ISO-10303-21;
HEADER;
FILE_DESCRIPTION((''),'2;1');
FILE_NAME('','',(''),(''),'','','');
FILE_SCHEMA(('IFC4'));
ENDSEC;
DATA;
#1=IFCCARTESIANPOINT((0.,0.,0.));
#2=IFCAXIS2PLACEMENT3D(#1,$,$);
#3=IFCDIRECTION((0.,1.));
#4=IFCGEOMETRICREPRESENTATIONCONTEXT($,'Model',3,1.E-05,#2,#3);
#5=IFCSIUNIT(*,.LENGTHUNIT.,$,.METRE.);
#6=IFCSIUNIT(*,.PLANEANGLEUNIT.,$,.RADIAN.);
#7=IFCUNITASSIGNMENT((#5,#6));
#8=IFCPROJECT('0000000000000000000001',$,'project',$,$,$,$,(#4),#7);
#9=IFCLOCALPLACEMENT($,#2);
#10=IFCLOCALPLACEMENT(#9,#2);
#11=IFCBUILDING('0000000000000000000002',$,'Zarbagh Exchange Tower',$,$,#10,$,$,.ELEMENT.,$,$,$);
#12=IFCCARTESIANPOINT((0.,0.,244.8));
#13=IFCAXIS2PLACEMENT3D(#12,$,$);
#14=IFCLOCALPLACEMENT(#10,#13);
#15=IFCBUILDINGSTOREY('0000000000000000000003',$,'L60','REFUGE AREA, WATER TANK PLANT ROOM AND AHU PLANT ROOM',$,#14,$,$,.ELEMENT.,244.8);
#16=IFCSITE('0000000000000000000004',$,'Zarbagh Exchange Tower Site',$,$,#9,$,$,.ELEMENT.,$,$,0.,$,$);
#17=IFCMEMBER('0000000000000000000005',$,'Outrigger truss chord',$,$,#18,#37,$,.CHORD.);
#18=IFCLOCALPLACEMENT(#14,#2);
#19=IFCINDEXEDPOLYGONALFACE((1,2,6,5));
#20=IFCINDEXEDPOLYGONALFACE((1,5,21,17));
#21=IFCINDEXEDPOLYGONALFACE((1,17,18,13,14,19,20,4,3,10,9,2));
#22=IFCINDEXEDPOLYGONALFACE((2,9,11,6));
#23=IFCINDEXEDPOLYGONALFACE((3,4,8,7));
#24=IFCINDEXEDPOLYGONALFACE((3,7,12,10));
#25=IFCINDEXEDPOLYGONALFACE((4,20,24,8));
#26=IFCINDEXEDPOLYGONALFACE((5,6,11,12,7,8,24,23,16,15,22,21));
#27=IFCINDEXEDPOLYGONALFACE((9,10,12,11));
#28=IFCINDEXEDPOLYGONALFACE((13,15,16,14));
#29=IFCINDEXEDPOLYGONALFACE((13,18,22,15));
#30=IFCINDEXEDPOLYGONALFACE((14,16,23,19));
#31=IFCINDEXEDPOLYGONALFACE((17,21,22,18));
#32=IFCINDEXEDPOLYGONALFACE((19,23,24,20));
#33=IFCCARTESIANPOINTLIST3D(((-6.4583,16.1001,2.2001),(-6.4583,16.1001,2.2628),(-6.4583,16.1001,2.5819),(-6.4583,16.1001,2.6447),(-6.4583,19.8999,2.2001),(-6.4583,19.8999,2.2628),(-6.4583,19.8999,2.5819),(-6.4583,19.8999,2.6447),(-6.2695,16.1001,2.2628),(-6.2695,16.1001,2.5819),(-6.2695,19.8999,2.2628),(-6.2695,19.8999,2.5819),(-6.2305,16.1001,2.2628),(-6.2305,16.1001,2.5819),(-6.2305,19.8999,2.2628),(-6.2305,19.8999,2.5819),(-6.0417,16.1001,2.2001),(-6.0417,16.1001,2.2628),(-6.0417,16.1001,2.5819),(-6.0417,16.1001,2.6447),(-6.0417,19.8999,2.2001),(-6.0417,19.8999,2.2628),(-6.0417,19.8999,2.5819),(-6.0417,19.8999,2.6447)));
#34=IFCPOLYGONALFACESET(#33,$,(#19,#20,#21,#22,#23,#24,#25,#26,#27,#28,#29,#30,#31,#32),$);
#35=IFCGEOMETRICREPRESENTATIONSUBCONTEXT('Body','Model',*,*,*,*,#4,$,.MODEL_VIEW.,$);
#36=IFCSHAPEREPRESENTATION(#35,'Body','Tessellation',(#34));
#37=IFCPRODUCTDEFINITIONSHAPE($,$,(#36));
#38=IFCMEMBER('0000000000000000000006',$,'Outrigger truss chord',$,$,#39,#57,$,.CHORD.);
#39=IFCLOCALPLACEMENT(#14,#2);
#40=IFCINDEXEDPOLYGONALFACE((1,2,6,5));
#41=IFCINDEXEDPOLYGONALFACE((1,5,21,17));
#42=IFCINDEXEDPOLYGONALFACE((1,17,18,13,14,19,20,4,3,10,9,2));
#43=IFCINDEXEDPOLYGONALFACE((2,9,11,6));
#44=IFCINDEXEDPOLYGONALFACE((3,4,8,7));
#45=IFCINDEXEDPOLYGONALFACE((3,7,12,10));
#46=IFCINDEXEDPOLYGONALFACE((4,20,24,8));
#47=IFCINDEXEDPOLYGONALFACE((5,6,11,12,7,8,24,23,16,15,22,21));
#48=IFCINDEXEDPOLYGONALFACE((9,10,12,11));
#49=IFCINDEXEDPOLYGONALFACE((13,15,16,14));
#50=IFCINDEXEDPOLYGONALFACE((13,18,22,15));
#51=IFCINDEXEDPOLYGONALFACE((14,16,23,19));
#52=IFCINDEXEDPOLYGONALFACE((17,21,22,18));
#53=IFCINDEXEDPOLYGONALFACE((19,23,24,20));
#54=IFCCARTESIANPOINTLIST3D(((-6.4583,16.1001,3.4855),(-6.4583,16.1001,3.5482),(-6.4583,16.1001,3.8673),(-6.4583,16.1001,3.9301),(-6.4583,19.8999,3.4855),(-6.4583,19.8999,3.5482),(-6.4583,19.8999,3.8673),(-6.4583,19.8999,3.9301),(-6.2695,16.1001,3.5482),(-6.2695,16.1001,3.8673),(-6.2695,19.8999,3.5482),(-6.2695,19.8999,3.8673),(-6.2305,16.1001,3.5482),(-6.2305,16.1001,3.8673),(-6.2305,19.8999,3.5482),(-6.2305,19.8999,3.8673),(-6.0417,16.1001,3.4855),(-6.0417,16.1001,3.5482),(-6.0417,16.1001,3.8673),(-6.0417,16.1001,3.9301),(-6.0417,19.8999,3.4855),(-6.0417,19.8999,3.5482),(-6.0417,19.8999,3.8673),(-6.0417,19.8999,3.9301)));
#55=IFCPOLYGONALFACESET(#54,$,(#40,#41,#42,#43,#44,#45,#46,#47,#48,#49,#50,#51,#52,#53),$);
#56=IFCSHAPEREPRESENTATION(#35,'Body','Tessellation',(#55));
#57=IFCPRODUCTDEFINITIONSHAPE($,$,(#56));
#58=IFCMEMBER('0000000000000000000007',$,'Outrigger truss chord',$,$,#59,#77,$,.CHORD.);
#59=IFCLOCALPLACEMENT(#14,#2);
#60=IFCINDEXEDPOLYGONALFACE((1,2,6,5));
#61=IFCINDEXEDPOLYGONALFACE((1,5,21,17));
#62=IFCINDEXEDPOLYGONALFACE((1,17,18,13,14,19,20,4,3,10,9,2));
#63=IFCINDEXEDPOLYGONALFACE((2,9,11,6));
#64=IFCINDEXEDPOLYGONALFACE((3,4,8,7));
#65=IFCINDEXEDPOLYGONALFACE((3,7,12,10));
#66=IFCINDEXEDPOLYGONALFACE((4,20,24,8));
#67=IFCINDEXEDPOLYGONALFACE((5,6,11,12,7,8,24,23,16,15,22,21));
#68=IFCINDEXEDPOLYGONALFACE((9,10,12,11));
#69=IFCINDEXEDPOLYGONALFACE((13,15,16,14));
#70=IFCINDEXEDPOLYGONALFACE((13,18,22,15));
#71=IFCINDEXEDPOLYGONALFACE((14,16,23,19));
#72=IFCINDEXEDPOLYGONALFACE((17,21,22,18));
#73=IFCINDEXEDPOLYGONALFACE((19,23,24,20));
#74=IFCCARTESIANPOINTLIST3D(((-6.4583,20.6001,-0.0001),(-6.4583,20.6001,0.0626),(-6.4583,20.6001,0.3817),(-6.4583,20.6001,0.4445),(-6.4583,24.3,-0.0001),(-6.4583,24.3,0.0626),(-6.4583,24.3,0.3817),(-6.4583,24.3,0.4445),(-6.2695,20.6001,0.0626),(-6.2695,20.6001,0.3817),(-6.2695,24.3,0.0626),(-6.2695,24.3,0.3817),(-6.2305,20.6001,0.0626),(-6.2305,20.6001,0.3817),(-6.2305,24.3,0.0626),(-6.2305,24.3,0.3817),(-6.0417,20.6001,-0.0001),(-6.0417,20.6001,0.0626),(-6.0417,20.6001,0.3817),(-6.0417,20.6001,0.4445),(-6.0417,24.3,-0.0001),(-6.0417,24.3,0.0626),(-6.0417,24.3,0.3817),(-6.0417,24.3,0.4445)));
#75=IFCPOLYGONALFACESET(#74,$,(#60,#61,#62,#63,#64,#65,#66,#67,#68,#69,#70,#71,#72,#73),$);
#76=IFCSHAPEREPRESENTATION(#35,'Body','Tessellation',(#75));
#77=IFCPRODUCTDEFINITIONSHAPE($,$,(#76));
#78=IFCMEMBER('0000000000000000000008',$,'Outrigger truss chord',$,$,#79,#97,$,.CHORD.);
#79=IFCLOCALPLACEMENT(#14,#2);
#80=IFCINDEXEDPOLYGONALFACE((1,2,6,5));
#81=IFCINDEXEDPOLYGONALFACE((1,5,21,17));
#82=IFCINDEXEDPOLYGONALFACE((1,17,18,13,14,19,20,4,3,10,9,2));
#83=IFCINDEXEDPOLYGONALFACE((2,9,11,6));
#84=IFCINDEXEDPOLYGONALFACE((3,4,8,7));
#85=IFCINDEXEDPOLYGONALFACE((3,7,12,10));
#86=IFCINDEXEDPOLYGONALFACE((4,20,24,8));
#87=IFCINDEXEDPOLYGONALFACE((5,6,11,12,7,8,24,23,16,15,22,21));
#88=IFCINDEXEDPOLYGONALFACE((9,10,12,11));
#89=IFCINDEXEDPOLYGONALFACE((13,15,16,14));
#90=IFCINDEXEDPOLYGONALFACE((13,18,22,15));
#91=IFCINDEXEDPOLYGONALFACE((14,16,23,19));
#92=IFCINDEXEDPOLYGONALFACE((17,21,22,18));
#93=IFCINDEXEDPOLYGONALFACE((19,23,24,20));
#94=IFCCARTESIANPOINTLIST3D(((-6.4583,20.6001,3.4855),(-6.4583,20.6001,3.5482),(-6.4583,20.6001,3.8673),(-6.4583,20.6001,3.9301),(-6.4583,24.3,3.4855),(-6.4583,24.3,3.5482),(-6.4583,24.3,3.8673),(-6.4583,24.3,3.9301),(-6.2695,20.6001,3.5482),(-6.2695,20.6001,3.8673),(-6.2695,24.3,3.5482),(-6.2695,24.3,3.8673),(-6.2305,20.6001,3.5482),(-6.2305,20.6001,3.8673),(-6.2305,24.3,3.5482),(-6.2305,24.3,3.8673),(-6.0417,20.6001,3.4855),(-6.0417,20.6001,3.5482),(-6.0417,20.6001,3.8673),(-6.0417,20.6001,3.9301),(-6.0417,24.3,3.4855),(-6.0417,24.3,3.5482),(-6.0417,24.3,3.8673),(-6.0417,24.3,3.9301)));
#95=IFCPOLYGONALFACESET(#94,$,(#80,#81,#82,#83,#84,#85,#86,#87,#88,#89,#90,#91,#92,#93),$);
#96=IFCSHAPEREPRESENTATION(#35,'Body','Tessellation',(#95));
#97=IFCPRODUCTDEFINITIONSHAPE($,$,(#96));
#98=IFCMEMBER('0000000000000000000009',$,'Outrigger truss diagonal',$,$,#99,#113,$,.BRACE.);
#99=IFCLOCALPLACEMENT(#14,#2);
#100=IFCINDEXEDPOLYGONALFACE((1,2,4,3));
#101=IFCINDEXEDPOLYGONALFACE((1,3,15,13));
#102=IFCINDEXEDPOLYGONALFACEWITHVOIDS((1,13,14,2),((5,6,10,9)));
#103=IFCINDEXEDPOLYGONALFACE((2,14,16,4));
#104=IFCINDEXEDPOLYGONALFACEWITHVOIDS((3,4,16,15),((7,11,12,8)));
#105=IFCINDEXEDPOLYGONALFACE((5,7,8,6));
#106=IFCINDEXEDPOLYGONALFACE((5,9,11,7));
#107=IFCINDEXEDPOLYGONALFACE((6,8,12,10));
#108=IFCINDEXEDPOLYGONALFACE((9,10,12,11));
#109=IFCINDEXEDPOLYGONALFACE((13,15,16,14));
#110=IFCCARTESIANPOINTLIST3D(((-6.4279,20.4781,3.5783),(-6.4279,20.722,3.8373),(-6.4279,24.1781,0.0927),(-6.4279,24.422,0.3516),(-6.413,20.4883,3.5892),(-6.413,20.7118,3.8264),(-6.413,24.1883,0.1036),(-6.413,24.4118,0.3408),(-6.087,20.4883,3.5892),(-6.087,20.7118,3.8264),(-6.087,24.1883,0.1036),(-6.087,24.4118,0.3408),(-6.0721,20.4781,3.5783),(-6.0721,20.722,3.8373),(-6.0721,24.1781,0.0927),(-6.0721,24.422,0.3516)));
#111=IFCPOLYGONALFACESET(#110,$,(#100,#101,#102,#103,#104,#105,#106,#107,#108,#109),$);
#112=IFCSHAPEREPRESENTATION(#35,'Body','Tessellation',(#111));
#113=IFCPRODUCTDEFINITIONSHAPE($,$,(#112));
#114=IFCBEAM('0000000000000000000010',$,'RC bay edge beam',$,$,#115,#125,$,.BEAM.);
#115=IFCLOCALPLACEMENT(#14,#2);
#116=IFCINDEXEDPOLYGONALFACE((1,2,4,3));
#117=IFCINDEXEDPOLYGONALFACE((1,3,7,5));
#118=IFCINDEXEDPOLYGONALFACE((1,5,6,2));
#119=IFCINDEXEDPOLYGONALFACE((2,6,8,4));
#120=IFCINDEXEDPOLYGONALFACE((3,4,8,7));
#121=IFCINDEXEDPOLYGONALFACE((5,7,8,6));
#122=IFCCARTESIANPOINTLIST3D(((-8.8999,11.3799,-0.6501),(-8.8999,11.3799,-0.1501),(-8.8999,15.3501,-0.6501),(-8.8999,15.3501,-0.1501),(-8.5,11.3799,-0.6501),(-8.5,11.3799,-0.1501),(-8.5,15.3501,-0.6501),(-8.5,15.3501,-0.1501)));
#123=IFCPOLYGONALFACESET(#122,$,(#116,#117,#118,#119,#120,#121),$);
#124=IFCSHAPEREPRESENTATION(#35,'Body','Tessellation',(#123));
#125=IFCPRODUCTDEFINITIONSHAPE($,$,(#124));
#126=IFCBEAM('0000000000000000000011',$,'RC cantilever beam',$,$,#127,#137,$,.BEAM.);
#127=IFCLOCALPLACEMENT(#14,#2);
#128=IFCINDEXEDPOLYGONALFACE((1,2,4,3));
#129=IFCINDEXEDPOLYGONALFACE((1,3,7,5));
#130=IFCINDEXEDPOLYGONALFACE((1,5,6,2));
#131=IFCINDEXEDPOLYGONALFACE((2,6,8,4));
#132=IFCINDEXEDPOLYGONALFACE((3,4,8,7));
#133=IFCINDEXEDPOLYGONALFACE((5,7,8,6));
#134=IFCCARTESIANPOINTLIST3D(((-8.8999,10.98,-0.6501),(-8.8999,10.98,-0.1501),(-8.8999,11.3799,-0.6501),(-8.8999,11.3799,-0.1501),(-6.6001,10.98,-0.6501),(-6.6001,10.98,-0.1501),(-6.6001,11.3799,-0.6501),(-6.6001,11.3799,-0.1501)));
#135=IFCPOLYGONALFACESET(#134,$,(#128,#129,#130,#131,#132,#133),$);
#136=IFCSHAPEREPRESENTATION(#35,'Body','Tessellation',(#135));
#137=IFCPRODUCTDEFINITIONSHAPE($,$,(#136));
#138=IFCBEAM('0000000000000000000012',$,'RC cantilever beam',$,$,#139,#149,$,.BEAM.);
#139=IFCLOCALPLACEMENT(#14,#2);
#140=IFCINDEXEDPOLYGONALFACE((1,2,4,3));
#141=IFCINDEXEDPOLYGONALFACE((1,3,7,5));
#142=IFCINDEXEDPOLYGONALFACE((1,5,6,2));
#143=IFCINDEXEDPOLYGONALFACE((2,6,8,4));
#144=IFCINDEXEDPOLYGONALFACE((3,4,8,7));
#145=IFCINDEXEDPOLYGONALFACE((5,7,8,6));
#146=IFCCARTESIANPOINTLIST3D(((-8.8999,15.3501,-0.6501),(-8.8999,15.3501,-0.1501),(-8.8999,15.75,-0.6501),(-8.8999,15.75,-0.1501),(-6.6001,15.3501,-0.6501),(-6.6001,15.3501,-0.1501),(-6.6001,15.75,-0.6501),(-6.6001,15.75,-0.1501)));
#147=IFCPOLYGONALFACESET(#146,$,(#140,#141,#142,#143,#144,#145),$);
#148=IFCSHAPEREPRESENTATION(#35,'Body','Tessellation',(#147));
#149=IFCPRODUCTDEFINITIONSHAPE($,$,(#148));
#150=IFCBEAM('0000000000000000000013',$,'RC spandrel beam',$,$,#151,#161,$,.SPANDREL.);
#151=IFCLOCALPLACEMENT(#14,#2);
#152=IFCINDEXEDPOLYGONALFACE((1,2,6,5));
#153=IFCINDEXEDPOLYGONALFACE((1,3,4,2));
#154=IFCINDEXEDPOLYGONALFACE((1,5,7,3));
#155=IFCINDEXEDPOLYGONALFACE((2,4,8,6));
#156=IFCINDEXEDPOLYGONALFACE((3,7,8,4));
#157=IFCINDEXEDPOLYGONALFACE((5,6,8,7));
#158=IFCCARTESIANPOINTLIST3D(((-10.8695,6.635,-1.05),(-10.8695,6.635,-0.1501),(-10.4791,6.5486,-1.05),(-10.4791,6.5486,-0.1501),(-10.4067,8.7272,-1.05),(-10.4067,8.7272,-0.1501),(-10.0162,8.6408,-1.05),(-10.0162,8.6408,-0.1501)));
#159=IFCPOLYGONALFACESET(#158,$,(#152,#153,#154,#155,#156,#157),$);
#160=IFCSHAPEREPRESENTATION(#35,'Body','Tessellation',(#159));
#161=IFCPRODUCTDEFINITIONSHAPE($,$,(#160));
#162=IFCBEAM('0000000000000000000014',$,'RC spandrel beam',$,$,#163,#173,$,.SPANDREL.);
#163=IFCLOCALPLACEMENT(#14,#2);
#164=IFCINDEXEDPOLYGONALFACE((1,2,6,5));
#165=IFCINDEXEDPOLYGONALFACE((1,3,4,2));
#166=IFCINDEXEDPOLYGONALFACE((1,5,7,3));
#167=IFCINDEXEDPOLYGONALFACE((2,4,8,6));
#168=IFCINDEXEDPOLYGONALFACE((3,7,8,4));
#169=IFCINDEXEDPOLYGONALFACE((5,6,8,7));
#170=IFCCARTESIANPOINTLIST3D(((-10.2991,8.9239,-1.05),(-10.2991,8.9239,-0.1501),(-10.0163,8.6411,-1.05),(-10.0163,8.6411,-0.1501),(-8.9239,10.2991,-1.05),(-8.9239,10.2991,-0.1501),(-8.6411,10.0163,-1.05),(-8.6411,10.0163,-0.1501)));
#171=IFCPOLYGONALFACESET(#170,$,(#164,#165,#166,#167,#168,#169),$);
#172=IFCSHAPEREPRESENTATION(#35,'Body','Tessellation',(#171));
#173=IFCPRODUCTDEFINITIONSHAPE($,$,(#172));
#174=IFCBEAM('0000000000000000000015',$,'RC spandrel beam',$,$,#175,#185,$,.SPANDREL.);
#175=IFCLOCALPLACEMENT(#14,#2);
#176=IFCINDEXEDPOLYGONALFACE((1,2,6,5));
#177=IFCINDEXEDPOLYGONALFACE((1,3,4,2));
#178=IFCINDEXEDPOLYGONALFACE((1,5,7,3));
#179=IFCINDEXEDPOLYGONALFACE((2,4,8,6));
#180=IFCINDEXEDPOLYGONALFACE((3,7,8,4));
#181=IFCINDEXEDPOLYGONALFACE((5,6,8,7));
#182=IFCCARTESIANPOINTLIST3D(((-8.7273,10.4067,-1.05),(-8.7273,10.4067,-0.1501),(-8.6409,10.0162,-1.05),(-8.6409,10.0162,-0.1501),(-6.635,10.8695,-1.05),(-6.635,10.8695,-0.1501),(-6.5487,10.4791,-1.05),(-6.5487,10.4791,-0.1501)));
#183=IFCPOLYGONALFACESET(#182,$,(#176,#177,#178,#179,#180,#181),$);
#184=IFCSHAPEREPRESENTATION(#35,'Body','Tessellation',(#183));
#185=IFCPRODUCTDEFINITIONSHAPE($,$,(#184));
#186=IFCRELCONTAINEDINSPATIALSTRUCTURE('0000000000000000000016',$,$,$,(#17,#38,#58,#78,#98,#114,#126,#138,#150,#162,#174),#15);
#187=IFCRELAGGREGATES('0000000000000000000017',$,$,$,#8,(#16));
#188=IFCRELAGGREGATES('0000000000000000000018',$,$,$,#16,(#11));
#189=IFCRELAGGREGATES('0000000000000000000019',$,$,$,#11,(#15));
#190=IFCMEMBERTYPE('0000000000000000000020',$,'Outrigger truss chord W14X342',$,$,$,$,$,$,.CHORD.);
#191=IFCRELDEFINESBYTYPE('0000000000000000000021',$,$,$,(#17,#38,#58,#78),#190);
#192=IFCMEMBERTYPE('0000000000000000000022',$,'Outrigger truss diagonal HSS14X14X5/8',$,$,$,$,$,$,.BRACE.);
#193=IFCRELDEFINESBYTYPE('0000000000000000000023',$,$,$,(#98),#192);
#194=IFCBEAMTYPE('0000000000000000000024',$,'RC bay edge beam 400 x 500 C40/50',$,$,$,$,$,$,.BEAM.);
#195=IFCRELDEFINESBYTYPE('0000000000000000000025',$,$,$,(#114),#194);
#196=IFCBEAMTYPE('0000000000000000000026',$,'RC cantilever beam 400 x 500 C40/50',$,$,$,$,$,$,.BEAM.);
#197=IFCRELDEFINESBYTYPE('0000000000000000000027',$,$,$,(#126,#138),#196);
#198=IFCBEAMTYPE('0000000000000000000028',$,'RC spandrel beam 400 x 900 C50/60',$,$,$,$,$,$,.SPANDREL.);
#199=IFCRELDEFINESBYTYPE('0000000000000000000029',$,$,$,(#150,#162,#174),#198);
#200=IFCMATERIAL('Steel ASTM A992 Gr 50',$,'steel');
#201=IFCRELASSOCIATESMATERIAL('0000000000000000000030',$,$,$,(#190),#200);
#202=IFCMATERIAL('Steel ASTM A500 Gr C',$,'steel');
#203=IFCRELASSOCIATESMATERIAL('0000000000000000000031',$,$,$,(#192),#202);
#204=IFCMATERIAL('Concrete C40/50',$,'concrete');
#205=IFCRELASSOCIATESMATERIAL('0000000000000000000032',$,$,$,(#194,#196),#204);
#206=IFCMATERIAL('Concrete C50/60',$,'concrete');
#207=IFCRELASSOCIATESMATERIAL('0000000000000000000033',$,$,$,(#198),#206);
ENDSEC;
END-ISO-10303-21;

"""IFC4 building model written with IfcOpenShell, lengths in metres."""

from ifc_helpers import new_model, si_unit, direction, frame, origin, origin_2d, place, context, subcontext, project, spatial, rectangle, hollow_rectangle, i_section, extrude, material, material_profile, profile_set, type_object, element, save


model = new_model("IFC4")

# Units and contexts
model_context = context("Model", 3, precision=1e-05, world=origin(), true_north=direction((0.0, 1.0)))
body_context = subcontext(model_context, "Body", "Model", "MODEL_VIEW")
ifc_project = project(units=[si_unit("LENGTHUNIT", "METRE"), si_unit("PLANEANGLEUNIT", "RADIAN")], contexts=[model_context])

# Site, building, storey
site_placement = place(None, origin())
site = spatial("IfcSite", under=ifc_project, at=site_placement, Name="Zarbagh Exchange Tower Site", CompositionType="ELEMENT", RefElevation=0.0)
building_placement = place(site_placement, origin())
building = spatial("IfcBuilding", under=site, at=building_placement, Name="Zarbagh Exchange Tower", CompositionType="ELEMENT")
storey_placement = place(building_placement, frame((0.0, 0.0, 244.8)))
storey = spatial("IfcBuildingStorey", under=building, at=storey_placement, Name="L60", Description="REFUGE AREA, WATER TANK PLANT ROOM AND AHU PLANT ROOM", CompositionType="ELEMENT", Elevation=244.8)

# Shared definitions
ifc_material_1 = material(Name="Concrete C50/60", Category="concrete")

# Shared definitions
ifc_material_2 = material(Name="Steel ASTM A992 Gr 50", Category="steel")
ifc_material_3 = material(Name="Steel ASTM A500 Gr C", Category="steel")

# Members
ifc_material_profile_1 = material_profile(ifc_material_2, i_section(OverallWidth=0.4165, OverallDepth=0.4446, WebThickness=0.0391, FlangeThickness=0.0627, at=origin_2d()), Name="W14X342")
ifc_profile_set_1 = profile_set([ifc_material_profile_1], Name="Steel ASTM A992 Gr 50")
member_type_1 = type_object("IfcMemberType", Name="Outrigger truss chord W14X342", PredefinedType="CHORD", material=ifc_profile_set_1)
for number, where, z_axis, x_axis, name in (
    (1, (-6.25, 16.1001, 2.4224), (0.0, 1.0, 0.0), (-1.0, 0.0, 0.0), "Outrigger truss chord"),
    (2, (-6.25, 16.1001, 3.7078), (0.0, 1.0, 0.0), (-1.0, 0.0, 0.0), "Outrigger truss chord"),
):
    element("IfcMember", number, at=place(storey_placement, frame(where, z_axis=z_axis, x_axis=x_axis)), inside=storey, type_object=member_type_1, Name=name, PredefinedType="CHORD", context=body_context, shape_type="SweptSolid", body=[
        extrude(i_section(OverallWidth=0.4165, OverallDepth=0.4446, WebThickness=0.0391, FlangeThickness=0.0627, at=origin_2d()), origin(), (0.0, 0.0, 1.0), 3.7998),
    ])
for number, where, z_axis, x_axis, name in (
    (3, (-6.25, 20.6001, 0.2222), (0.0, 1.0, 0.0), (-1.0, 0.0, 0.0), "Outrigger truss chord"),
    (4, (-6.25, 20.6001, 3.7078), (0.0, 1.0, 0.0), (-1.0, 0.0, 0.0), "Outrigger truss chord"),
):
    element("IfcMember", number, at=place(storey_placement, frame(where, z_axis=z_axis, x_axis=x_axis)), inside=storey, type_object=member_type_1, Name=name, PredefinedType="CHORD", context=body_context, shape_type="SweptSolid", body=[
        extrude(i_section(OverallWidth=0.4165, OverallDepth=0.4446, WebThickness=0.0391, FlangeThickness=0.0627, at=origin_2d()), origin(), (0.0, 0.0, 1.0), 3.7),
    ])
ifc_material_profile_2 = material_profile(ifc_material_3, hollow_rectangle(XDim=0.3557, YDim=0.3557, WallThickness=0.0149, at=origin_2d()), Name="HSS14X14X5/8")
ifc_profile_set_2 = profile_set([ifc_material_profile_2], Name="Steel ASTM A500 Gr C")
member_type_2 = type_object("IfcMemberType", Name="Outrigger truss diagonal HSS14X14X5/8", PredefinedType="BRACE", material=ifc_profile_set_2)
member_1_placement = place(storey_placement, frame((-6.25, 24.3, 0.2222), z_axis=(0.0, -0.727877, 0.685708), x_axis=(1.0, 0.0, 0.0)))
element("IfcMember", 5, at=member_1_placement, inside=storey, type_object=member_type_2, Name="Outrigger truss diagonal", PredefinedType="BRACE", context=body_context, shape_type="SweptSolid", body=[
    extrude(hollow_rectangle(XDim=0.3557, YDim=0.3557, WallThickness=0.0149, at=origin_2d()), origin(), (0.0, 0.0, 1.0), 5.0833),
])

# Beams
ifc_material_4 = material(Name="Concrete C40/50", Category="concrete")
ifc_material_profile_3 = material_profile(ifc_material_4, rectangle(XDim=0.3999, YDim=0.5, at=origin_2d()), Name="RC bay edge beam 400 x 500 C40/50")
ifc_profile_set_3 = profile_set([ifc_material_profile_3], Name="Concrete C40/50")
beam_type_1 = type_object("IfcBeamType", Name="RC bay edge beam 400 x 500 C40/50", PredefinedType="BEAM", material=ifc_profile_set_3)
beam_1_placement = place(storey_placement, frame((-8.7, 11.3799, -0.4001), z_axis=(0.0, 1.0, 0.0), x_axis=(-1.0, 0.0, 0.0)))
element("IfcBeam", 6, at=beam_1_placement, inside=storey, type_object=beam_type_1, Name="RC bay edge beam", PredefinedType="BEAM", context=body_context, shape_type="SweptSolid", body=[
    extrude(rectangle(XDim=0.3999, YDim=0.5, at=origin_2d()), origin(), (0.0, 0.0, 1.0), 3.9702),
])
ifc_material_profile_4 = material_profile(ifc_material_4, rectangle(XDim=0.3999, YDim=0.5, at=origin_2d()), Name="RC cantilever beam 400 x 500 C40/50")
ifc_profile_set_4 = profile_set([ifc_material_profile_4], Name="Concrete C40/50")
beam_type_2 = type_object("IfcBeamType", Name="RC cantilever beam 400 x 500 C40/50", PredefinedType="BEAM", material=ifc_profile_set_4)
for number, where, z_axis, x_axis, name in (
    (7, (-6.6001, 11.1799, -0.4001), (-1.0, 0.0, 0.0), (0.0, -1.0, 0.0), "RC cantilever beam"),
    (8, (-6.6001, 15.55, -0.4001), (-1.0, 0.0, 0.0), (0.0, -1.0, 0.0), "RC cantilever beam"),
):
    element("IfcBeam", number, at=place(storey_placement, frame(where, z_axis=z_axis, x_axis=x_axis)), inside=storey, type_object=beam_type_2, Name=name, PredefinedType="BEAM", context=body_context, shape_type="SweptSolid", body=[
        extrude(rectangle(XDim=0.3999, YDim=0.5, at=origin_2d()), origin(), (0.0, 0.0, 1.0), 2.2998),
    ])
ifc_material_profile_5 = material_profile(ifc_material_1, rectangle(XDim=0.3999, YDim=0.8999, at=origin_2d()), Name="RC spandrel beam 400 x 900 C50/60")
ifc_profile_set_5 = profile_set([ifc_material_profile_5], Name="Concrete C50/60")
beam_type_3 = type_object("IfcBeamType", Name="RC spandrel beam 400 x 900 C50/60", PredefinedType="SPANDREL", material=ifc_profile_set_5)
beam_2_placement = place(storey_placement, frame((-10.6743, 6.5918, -0.6001), z_axis=(0.216014, 0.97639, 0.0), x_axis=(-0.97639, 0.216014, 0.0)))
element("IfcBeam", 9, at=beam_2_placement, inside=storey, type_object=beam_type_3, Name="RC spandrel beam", PredefinedType="SPANDREL", context=body_context, shape_type="SweptSolid", body=[
    extrude(rectangle(XDim=0.3999, YDim=0.8999, at=origin_2d()), origin(), (0.0, 0.0, 1.0), 2.1428),
])
beam_3_placement = place(storey_placement, frame((-10.1577, 8.7825, -0.6001), z_axis=(0.707107, 0.707107, 0.0), x_axis=(-0.707107, 0.707107, 0.0)))
element("IfcBeam", 10, at=beam_3_placement, inside=storey, type_object=beam_type_3, Name="RC spandrel beam", PredefinedType="SPANDREL", context=body_context, shape_type="SweptSolid", body=[
    extrude(rectangle(XDim=0.3999, YDim=0.8999, at=origin_2d()), origin(), (0.0, 0.0, 1.0), 1.9448),
])
beam_4_placement = place(storey_placement, frame((-8.6841, 10.2114, -0.6001), z_axis=(0.97639, 0.216014, 0.0), x_axis=(-0.216014, 0.97639, 0.0)))
element("IfcBeam", 11, at=beam_4_placement, inside=storey, type_object=beam_type_3, Name="RC spandrel beam", PredefinedType="SPANDREL", context=body_context, shape_type="SweptSolid", body=[
    extrude(rectangle(XDim=0.3999, YDim=0.8999, at=origin_2d()), origin(), (0.0, 0.0, 1.0), 2.1428),
])

save(model, "model.ifc")
